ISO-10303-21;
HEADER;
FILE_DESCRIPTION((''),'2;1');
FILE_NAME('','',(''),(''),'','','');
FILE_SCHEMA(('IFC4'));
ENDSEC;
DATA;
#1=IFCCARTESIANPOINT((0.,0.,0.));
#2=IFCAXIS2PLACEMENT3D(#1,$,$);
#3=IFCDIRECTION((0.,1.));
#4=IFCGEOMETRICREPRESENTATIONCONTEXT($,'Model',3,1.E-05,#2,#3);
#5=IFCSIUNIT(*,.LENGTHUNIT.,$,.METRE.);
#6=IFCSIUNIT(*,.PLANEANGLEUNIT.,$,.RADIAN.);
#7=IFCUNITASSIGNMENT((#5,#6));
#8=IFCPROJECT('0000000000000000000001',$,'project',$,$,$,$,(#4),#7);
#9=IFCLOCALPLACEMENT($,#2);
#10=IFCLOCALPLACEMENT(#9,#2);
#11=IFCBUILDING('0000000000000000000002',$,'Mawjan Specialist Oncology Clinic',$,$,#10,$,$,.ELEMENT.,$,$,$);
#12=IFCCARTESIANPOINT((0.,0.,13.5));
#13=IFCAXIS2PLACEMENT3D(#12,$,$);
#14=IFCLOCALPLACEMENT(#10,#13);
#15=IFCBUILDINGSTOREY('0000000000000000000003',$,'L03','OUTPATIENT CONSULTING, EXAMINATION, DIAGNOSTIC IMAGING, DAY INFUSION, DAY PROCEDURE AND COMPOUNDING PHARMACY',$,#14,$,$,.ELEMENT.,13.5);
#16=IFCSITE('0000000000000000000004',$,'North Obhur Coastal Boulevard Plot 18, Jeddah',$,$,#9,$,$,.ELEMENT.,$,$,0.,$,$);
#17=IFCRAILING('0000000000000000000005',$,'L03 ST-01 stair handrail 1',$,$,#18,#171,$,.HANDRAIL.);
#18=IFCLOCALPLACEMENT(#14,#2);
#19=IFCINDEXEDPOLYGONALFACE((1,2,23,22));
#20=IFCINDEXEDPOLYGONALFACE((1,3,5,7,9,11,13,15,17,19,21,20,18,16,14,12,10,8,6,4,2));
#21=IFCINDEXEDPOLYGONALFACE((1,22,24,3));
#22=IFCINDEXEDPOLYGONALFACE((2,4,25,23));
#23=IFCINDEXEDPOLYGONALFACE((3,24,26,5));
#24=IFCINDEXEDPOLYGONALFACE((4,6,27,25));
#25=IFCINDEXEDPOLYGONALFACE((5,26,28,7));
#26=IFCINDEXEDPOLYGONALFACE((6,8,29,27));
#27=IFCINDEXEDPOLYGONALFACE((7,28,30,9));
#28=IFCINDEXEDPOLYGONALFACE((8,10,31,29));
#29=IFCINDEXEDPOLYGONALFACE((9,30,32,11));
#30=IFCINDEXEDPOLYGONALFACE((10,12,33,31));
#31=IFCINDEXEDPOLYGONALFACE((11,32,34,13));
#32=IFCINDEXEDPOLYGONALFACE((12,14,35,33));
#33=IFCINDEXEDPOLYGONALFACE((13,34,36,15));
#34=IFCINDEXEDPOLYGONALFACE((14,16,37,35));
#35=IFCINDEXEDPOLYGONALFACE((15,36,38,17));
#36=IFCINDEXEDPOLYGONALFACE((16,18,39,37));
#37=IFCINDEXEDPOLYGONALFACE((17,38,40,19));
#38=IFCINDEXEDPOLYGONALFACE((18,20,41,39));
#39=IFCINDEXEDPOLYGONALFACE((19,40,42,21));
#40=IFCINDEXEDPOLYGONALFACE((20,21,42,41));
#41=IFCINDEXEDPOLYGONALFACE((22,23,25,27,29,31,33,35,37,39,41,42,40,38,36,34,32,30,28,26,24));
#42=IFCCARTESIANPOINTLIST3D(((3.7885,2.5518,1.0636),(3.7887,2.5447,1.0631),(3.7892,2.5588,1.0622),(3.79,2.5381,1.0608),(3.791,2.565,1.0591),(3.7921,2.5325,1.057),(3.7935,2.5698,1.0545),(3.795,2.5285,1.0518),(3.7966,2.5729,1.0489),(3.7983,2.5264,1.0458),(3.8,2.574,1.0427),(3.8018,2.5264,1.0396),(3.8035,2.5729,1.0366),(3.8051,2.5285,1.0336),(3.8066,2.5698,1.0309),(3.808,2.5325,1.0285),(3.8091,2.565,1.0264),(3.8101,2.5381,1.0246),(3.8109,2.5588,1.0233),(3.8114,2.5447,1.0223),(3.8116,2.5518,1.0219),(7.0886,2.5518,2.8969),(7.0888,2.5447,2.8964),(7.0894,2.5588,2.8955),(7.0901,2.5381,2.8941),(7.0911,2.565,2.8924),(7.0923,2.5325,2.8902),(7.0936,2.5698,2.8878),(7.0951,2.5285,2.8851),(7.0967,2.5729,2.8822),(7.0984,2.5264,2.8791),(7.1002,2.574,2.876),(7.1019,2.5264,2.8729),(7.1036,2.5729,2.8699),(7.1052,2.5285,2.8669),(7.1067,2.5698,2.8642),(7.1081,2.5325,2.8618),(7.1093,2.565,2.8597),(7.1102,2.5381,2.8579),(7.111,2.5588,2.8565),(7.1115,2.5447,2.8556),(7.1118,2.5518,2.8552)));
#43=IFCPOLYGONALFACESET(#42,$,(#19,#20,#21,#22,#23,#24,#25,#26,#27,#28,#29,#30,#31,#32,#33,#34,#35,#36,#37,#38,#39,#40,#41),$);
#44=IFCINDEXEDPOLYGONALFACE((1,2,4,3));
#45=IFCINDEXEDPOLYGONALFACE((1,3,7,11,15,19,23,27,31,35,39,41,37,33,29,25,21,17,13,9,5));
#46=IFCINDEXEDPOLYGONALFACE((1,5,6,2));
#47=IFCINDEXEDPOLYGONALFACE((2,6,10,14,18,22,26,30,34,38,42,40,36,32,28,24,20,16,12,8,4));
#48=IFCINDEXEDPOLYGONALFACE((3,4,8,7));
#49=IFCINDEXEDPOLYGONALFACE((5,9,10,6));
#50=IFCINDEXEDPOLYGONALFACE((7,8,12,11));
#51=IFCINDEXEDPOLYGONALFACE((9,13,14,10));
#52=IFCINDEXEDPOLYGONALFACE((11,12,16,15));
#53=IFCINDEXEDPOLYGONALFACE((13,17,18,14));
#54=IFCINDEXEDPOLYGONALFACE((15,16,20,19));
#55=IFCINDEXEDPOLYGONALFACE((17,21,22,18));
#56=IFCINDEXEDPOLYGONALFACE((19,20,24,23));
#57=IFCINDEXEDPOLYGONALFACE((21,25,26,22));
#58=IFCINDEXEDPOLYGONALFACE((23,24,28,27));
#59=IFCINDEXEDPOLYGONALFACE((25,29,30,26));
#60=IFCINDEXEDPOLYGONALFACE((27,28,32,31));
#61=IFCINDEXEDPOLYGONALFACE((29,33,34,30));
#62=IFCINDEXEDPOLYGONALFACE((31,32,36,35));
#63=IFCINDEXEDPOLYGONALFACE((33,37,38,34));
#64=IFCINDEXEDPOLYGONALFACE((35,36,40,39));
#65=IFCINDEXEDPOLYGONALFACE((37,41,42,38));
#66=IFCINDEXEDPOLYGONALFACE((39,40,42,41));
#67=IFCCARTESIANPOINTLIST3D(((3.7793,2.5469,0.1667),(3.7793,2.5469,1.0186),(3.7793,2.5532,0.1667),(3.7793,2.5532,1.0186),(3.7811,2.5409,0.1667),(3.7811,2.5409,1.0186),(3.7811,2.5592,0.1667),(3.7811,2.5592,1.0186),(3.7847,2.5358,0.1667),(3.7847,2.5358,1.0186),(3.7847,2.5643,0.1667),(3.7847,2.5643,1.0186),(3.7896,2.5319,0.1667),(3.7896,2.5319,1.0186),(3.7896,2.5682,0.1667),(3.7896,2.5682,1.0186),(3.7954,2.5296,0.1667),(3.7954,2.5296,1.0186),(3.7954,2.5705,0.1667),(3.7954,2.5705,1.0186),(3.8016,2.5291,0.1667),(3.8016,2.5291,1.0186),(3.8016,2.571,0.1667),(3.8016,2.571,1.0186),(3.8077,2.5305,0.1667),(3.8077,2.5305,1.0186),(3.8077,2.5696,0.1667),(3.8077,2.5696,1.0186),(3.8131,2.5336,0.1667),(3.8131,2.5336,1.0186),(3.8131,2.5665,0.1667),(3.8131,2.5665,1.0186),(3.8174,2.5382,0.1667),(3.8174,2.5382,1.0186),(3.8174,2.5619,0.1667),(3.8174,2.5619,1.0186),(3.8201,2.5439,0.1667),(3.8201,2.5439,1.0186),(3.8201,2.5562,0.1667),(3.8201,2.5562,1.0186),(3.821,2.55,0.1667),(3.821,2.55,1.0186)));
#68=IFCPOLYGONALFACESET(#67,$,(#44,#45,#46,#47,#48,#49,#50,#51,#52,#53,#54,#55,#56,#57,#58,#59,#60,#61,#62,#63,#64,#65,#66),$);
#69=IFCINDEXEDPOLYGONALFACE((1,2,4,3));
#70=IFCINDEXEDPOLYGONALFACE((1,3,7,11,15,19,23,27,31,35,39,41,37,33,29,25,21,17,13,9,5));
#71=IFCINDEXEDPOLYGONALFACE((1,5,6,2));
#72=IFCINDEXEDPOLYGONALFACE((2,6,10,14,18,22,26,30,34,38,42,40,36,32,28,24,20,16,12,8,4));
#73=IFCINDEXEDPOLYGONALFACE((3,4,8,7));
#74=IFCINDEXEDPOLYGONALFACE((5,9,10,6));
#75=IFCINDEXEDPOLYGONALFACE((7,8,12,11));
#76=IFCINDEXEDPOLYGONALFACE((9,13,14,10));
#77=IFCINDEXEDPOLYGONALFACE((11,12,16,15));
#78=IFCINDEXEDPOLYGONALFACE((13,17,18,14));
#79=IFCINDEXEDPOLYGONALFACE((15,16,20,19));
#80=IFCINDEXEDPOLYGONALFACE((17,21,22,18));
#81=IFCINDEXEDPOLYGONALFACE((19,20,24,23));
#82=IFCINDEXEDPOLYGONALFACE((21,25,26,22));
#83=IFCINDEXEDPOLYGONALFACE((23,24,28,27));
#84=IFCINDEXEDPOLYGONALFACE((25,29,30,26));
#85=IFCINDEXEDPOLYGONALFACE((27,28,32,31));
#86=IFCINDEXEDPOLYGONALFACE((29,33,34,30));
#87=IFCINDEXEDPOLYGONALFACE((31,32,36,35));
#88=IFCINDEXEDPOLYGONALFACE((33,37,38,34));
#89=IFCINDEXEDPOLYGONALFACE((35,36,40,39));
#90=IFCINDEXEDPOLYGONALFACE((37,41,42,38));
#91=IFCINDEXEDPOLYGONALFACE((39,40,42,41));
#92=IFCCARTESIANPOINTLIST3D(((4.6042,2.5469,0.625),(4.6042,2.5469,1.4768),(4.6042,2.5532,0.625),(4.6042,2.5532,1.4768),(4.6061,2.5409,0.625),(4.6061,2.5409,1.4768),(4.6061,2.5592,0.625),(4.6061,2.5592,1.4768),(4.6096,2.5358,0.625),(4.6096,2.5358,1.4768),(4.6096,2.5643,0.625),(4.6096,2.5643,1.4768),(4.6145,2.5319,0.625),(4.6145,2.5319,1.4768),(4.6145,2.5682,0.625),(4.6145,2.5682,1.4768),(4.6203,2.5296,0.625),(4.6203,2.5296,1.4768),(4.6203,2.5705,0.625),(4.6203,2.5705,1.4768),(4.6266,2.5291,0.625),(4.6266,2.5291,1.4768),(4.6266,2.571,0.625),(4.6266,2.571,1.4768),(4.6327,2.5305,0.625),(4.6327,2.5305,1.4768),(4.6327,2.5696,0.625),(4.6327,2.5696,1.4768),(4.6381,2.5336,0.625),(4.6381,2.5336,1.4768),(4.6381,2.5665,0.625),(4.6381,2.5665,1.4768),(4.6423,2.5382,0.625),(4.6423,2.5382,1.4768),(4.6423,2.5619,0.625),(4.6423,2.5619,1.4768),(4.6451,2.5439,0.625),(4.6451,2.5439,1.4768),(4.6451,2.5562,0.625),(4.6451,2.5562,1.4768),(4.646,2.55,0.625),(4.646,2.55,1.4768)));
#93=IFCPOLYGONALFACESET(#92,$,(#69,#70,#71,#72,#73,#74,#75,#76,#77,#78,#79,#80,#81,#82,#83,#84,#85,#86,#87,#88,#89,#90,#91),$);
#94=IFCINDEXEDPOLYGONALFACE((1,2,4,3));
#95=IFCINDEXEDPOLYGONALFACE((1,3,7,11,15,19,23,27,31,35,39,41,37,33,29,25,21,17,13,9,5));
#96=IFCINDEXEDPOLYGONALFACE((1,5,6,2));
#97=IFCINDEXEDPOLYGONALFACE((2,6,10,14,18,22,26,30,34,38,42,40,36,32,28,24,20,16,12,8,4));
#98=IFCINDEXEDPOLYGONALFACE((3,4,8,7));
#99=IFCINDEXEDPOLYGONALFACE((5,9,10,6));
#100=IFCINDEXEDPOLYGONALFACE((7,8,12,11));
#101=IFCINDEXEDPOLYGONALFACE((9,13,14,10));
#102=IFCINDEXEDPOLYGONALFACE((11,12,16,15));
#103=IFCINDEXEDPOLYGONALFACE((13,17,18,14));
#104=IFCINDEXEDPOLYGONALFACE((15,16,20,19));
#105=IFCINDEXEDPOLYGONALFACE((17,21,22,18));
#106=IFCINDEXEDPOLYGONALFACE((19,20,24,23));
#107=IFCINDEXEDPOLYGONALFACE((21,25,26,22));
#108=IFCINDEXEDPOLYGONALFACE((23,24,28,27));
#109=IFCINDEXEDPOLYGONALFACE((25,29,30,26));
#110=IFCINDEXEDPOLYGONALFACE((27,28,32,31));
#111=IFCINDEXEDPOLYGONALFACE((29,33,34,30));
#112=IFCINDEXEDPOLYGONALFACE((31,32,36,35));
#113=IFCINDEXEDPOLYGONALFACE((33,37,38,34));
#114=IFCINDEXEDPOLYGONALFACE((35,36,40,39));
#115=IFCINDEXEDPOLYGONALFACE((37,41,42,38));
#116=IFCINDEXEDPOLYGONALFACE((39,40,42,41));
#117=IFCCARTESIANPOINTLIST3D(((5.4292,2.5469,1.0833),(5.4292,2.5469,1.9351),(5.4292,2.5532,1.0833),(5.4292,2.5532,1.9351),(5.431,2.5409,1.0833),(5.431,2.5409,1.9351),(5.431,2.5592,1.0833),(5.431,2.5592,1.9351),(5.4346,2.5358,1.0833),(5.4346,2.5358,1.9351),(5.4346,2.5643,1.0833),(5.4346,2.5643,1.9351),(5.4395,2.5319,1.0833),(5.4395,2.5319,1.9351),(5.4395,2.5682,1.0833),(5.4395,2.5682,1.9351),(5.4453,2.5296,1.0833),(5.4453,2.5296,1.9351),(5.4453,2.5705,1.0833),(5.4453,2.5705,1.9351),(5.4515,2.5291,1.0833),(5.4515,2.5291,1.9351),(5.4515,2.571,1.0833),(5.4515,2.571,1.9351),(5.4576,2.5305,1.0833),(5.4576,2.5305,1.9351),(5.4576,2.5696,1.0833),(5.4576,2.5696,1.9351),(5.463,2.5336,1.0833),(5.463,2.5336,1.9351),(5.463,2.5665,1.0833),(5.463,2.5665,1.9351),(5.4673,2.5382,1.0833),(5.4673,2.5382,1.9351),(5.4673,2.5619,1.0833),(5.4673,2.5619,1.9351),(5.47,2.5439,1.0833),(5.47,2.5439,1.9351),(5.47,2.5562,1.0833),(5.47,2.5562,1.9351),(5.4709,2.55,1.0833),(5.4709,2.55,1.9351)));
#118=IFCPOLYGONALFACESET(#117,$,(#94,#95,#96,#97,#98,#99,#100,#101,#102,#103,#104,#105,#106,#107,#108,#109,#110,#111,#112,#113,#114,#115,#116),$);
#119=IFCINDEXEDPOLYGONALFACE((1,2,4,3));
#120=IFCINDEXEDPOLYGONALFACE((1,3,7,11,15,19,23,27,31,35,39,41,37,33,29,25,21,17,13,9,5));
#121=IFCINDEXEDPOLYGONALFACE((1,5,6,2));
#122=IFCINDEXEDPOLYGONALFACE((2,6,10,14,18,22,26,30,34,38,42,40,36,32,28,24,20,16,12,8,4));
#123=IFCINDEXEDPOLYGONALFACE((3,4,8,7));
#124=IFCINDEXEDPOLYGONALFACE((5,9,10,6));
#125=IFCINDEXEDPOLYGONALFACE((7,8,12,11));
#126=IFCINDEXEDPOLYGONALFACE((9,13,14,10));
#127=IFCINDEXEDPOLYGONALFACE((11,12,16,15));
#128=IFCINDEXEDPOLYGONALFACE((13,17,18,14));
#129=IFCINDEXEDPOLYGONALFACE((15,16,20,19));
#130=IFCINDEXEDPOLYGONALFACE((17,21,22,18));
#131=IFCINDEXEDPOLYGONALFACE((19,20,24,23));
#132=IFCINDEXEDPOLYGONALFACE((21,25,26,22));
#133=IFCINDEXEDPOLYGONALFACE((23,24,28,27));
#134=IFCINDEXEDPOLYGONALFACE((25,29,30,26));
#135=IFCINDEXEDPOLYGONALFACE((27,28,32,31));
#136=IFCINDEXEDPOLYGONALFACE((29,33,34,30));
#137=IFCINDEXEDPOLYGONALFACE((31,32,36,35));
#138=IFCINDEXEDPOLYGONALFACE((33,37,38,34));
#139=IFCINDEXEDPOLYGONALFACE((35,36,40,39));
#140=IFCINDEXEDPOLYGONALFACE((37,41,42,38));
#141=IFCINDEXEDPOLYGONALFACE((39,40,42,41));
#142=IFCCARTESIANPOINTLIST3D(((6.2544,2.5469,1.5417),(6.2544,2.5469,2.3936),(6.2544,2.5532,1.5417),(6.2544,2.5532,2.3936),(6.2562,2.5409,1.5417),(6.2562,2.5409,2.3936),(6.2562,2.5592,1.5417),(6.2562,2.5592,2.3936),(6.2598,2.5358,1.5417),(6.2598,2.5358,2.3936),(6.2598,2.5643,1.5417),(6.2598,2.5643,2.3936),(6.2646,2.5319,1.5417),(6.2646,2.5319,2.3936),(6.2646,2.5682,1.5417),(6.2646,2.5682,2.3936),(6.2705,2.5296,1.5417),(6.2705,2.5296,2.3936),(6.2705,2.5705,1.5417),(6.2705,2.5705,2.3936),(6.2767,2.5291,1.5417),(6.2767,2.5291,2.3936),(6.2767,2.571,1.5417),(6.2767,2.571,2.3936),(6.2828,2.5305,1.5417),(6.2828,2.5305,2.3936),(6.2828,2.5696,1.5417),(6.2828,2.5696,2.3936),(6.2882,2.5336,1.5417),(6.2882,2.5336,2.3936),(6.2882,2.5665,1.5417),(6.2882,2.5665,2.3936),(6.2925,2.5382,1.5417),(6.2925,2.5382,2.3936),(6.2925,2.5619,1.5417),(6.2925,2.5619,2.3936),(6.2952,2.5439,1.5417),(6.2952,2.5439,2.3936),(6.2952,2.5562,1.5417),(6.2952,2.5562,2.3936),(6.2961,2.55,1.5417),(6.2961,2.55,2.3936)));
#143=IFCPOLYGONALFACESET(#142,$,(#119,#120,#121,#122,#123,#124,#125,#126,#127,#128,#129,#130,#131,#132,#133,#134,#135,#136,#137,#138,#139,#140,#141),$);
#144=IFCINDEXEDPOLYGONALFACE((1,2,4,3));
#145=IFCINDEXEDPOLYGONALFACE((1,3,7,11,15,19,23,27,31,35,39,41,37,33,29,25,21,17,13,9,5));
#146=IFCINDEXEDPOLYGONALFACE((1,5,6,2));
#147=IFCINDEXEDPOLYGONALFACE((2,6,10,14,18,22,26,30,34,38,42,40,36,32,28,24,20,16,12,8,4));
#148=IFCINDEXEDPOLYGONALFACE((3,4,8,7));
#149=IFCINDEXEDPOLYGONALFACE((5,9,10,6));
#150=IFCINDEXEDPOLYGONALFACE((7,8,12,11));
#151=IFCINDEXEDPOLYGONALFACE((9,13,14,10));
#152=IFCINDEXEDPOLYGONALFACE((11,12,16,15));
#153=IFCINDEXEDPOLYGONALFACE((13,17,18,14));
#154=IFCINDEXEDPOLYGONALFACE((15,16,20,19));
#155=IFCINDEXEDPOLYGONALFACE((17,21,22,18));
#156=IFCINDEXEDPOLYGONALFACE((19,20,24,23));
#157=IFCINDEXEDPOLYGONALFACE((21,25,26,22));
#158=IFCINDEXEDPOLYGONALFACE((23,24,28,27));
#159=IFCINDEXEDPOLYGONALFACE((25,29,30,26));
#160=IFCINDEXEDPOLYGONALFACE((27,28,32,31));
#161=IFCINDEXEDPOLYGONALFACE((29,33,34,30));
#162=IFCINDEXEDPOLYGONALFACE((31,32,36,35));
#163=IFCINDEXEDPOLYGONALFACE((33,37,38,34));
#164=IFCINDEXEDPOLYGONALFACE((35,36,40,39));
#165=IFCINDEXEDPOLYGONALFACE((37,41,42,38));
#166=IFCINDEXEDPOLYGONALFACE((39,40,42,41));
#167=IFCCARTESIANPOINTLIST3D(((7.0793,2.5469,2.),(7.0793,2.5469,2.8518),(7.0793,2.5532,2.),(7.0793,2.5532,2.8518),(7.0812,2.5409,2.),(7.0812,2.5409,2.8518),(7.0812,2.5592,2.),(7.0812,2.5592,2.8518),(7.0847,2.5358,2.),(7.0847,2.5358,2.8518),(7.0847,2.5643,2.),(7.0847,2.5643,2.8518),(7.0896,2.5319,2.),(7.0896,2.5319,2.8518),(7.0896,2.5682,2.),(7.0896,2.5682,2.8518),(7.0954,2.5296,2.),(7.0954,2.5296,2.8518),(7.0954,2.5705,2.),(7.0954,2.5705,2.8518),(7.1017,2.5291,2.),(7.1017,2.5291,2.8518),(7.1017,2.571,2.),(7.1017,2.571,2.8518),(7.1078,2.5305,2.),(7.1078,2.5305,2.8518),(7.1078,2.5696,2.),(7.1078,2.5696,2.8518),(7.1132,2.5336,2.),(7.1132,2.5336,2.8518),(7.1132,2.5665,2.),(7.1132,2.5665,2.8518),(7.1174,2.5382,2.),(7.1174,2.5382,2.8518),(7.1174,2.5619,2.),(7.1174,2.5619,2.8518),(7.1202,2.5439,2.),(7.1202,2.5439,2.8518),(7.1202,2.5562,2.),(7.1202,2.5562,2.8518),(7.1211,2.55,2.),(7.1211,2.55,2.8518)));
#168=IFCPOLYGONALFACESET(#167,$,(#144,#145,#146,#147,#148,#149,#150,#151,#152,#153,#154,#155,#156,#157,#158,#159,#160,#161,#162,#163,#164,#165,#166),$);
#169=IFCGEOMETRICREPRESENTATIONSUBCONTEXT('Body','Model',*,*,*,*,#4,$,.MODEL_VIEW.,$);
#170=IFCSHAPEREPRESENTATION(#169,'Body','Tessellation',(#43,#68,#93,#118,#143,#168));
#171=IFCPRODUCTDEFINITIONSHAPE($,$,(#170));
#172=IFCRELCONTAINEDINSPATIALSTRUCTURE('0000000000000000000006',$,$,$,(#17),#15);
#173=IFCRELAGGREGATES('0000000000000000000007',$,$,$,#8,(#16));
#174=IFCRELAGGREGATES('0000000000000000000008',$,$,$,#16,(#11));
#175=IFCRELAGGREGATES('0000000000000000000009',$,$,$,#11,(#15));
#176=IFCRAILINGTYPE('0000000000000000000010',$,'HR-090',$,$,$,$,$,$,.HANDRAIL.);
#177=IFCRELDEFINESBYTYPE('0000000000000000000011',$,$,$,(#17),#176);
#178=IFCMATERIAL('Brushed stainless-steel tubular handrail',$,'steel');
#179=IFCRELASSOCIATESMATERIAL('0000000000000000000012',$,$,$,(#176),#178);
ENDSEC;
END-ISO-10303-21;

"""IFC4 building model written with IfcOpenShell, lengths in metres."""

from ifc_helpers import new_model, si_unit, direction, frame, origin, origin_2d, place, context, subcontext, project, spatial, circle, extrude, material, type_object, element, save


model = new_model("IFC4")

# Units and contexts
model_context = context("Model", 3, precision=1e-05, world=origin(), true_north=direction((0.0, 1.0)))
body_context = subcontext(model_context, "Body", "Model", "MODEL_VIEW")
ifc_project = project(units=[si_unit("LENGTHUNIT", "METRE"), si_unit("PLANEANGLEUNIT", "RADIAN")], contexts=[model_context])

# Site, building, storey
site_placement = place(None, origin())
site = spatial("IfcSite", under=ifc_project, at=site_placement, Name="North Obhur Coastal Boulevard Plot 18, Jeddah", CompositionType="ELEMENT", RefElevation=0.0)
building_placement = place(site_placement, origin())
building = spatial("IfcBuilding", under=site, at=building_placement, Name="Mawjan Specialist Oncology Clinic", CompositionType="ELEMENT")
storey_placement = place(building_placement, frame((0.0, 0.0, 13.5)))
storey = spatial("IfcBuildingStorey", under=building, at=storey_placement, Name="L03", Description="OUTPATIENT CONSULTING, EXAMINATION, DIAGNOSTIC IMAGING, DAY INFUSION, DAY PROCEDURE AND COMPOUNDING PHARMACY", CompositionType="ELEMENT", Elevation=13.5)

# Railing
ifc_material_1 = material(Name="Brushed stainless-steel tubular handrail", Category="steel")
railing_type_1 = type_object("IfcRailingType", Name="HR-090", PredefinedType="HANDRAIL", material=ifc_material_1)
railing_1_placement = place(storey_placement, frame((3.8, 2.55, 0.1667)))
element("IfcRailing", 1, at=railing_1_placement, inside=storey, type_object=railing_type_1, Name="L03 ST-01 stair handrail 1", PredefinedType="HANDRAIL", context=body_context, shape_type="SweptSolid", body=[
    extrude(circle(Radius=0.0239, at=origin_2d()), frame((0.0, 0.0, 0.876), z_axis=(0.874169, 0.0, 0.485621), x_axis=(0.0, 1.0, 0.0)), (0.0, 0.0, 1.0), 3.7751),
    extrude(circle(Radius=0.021, at=origin_2d()), origin(), (0.0, 0.0, 1.0), 0.8518),
    extrude(circle(Radius=0.021, at=origin_2d()), frame((0.825, 0.0, 0.4583)), (0.0, 0.0, 1.0), 0.8518),
    extrude(circle(Radius=0.021, at=origin_2d()), frame((1.6499, 0.0, 0.9165)), (0.0, 0.0, 1.0), 0.8518),
    extrude(circle(Radius=0.021, at=origin_2d()), frame((2.4751, 0.0, 1.375)), (0.0, 0.0, 1.0), 0.8518),
    extrude(circle(Radius=0.021, at=origin_2d()), frame((3.3, 0.0, 1.8333)), (0.0, 0.0, 1.0), 0.8518),
])

save(model, "model.ifc")
